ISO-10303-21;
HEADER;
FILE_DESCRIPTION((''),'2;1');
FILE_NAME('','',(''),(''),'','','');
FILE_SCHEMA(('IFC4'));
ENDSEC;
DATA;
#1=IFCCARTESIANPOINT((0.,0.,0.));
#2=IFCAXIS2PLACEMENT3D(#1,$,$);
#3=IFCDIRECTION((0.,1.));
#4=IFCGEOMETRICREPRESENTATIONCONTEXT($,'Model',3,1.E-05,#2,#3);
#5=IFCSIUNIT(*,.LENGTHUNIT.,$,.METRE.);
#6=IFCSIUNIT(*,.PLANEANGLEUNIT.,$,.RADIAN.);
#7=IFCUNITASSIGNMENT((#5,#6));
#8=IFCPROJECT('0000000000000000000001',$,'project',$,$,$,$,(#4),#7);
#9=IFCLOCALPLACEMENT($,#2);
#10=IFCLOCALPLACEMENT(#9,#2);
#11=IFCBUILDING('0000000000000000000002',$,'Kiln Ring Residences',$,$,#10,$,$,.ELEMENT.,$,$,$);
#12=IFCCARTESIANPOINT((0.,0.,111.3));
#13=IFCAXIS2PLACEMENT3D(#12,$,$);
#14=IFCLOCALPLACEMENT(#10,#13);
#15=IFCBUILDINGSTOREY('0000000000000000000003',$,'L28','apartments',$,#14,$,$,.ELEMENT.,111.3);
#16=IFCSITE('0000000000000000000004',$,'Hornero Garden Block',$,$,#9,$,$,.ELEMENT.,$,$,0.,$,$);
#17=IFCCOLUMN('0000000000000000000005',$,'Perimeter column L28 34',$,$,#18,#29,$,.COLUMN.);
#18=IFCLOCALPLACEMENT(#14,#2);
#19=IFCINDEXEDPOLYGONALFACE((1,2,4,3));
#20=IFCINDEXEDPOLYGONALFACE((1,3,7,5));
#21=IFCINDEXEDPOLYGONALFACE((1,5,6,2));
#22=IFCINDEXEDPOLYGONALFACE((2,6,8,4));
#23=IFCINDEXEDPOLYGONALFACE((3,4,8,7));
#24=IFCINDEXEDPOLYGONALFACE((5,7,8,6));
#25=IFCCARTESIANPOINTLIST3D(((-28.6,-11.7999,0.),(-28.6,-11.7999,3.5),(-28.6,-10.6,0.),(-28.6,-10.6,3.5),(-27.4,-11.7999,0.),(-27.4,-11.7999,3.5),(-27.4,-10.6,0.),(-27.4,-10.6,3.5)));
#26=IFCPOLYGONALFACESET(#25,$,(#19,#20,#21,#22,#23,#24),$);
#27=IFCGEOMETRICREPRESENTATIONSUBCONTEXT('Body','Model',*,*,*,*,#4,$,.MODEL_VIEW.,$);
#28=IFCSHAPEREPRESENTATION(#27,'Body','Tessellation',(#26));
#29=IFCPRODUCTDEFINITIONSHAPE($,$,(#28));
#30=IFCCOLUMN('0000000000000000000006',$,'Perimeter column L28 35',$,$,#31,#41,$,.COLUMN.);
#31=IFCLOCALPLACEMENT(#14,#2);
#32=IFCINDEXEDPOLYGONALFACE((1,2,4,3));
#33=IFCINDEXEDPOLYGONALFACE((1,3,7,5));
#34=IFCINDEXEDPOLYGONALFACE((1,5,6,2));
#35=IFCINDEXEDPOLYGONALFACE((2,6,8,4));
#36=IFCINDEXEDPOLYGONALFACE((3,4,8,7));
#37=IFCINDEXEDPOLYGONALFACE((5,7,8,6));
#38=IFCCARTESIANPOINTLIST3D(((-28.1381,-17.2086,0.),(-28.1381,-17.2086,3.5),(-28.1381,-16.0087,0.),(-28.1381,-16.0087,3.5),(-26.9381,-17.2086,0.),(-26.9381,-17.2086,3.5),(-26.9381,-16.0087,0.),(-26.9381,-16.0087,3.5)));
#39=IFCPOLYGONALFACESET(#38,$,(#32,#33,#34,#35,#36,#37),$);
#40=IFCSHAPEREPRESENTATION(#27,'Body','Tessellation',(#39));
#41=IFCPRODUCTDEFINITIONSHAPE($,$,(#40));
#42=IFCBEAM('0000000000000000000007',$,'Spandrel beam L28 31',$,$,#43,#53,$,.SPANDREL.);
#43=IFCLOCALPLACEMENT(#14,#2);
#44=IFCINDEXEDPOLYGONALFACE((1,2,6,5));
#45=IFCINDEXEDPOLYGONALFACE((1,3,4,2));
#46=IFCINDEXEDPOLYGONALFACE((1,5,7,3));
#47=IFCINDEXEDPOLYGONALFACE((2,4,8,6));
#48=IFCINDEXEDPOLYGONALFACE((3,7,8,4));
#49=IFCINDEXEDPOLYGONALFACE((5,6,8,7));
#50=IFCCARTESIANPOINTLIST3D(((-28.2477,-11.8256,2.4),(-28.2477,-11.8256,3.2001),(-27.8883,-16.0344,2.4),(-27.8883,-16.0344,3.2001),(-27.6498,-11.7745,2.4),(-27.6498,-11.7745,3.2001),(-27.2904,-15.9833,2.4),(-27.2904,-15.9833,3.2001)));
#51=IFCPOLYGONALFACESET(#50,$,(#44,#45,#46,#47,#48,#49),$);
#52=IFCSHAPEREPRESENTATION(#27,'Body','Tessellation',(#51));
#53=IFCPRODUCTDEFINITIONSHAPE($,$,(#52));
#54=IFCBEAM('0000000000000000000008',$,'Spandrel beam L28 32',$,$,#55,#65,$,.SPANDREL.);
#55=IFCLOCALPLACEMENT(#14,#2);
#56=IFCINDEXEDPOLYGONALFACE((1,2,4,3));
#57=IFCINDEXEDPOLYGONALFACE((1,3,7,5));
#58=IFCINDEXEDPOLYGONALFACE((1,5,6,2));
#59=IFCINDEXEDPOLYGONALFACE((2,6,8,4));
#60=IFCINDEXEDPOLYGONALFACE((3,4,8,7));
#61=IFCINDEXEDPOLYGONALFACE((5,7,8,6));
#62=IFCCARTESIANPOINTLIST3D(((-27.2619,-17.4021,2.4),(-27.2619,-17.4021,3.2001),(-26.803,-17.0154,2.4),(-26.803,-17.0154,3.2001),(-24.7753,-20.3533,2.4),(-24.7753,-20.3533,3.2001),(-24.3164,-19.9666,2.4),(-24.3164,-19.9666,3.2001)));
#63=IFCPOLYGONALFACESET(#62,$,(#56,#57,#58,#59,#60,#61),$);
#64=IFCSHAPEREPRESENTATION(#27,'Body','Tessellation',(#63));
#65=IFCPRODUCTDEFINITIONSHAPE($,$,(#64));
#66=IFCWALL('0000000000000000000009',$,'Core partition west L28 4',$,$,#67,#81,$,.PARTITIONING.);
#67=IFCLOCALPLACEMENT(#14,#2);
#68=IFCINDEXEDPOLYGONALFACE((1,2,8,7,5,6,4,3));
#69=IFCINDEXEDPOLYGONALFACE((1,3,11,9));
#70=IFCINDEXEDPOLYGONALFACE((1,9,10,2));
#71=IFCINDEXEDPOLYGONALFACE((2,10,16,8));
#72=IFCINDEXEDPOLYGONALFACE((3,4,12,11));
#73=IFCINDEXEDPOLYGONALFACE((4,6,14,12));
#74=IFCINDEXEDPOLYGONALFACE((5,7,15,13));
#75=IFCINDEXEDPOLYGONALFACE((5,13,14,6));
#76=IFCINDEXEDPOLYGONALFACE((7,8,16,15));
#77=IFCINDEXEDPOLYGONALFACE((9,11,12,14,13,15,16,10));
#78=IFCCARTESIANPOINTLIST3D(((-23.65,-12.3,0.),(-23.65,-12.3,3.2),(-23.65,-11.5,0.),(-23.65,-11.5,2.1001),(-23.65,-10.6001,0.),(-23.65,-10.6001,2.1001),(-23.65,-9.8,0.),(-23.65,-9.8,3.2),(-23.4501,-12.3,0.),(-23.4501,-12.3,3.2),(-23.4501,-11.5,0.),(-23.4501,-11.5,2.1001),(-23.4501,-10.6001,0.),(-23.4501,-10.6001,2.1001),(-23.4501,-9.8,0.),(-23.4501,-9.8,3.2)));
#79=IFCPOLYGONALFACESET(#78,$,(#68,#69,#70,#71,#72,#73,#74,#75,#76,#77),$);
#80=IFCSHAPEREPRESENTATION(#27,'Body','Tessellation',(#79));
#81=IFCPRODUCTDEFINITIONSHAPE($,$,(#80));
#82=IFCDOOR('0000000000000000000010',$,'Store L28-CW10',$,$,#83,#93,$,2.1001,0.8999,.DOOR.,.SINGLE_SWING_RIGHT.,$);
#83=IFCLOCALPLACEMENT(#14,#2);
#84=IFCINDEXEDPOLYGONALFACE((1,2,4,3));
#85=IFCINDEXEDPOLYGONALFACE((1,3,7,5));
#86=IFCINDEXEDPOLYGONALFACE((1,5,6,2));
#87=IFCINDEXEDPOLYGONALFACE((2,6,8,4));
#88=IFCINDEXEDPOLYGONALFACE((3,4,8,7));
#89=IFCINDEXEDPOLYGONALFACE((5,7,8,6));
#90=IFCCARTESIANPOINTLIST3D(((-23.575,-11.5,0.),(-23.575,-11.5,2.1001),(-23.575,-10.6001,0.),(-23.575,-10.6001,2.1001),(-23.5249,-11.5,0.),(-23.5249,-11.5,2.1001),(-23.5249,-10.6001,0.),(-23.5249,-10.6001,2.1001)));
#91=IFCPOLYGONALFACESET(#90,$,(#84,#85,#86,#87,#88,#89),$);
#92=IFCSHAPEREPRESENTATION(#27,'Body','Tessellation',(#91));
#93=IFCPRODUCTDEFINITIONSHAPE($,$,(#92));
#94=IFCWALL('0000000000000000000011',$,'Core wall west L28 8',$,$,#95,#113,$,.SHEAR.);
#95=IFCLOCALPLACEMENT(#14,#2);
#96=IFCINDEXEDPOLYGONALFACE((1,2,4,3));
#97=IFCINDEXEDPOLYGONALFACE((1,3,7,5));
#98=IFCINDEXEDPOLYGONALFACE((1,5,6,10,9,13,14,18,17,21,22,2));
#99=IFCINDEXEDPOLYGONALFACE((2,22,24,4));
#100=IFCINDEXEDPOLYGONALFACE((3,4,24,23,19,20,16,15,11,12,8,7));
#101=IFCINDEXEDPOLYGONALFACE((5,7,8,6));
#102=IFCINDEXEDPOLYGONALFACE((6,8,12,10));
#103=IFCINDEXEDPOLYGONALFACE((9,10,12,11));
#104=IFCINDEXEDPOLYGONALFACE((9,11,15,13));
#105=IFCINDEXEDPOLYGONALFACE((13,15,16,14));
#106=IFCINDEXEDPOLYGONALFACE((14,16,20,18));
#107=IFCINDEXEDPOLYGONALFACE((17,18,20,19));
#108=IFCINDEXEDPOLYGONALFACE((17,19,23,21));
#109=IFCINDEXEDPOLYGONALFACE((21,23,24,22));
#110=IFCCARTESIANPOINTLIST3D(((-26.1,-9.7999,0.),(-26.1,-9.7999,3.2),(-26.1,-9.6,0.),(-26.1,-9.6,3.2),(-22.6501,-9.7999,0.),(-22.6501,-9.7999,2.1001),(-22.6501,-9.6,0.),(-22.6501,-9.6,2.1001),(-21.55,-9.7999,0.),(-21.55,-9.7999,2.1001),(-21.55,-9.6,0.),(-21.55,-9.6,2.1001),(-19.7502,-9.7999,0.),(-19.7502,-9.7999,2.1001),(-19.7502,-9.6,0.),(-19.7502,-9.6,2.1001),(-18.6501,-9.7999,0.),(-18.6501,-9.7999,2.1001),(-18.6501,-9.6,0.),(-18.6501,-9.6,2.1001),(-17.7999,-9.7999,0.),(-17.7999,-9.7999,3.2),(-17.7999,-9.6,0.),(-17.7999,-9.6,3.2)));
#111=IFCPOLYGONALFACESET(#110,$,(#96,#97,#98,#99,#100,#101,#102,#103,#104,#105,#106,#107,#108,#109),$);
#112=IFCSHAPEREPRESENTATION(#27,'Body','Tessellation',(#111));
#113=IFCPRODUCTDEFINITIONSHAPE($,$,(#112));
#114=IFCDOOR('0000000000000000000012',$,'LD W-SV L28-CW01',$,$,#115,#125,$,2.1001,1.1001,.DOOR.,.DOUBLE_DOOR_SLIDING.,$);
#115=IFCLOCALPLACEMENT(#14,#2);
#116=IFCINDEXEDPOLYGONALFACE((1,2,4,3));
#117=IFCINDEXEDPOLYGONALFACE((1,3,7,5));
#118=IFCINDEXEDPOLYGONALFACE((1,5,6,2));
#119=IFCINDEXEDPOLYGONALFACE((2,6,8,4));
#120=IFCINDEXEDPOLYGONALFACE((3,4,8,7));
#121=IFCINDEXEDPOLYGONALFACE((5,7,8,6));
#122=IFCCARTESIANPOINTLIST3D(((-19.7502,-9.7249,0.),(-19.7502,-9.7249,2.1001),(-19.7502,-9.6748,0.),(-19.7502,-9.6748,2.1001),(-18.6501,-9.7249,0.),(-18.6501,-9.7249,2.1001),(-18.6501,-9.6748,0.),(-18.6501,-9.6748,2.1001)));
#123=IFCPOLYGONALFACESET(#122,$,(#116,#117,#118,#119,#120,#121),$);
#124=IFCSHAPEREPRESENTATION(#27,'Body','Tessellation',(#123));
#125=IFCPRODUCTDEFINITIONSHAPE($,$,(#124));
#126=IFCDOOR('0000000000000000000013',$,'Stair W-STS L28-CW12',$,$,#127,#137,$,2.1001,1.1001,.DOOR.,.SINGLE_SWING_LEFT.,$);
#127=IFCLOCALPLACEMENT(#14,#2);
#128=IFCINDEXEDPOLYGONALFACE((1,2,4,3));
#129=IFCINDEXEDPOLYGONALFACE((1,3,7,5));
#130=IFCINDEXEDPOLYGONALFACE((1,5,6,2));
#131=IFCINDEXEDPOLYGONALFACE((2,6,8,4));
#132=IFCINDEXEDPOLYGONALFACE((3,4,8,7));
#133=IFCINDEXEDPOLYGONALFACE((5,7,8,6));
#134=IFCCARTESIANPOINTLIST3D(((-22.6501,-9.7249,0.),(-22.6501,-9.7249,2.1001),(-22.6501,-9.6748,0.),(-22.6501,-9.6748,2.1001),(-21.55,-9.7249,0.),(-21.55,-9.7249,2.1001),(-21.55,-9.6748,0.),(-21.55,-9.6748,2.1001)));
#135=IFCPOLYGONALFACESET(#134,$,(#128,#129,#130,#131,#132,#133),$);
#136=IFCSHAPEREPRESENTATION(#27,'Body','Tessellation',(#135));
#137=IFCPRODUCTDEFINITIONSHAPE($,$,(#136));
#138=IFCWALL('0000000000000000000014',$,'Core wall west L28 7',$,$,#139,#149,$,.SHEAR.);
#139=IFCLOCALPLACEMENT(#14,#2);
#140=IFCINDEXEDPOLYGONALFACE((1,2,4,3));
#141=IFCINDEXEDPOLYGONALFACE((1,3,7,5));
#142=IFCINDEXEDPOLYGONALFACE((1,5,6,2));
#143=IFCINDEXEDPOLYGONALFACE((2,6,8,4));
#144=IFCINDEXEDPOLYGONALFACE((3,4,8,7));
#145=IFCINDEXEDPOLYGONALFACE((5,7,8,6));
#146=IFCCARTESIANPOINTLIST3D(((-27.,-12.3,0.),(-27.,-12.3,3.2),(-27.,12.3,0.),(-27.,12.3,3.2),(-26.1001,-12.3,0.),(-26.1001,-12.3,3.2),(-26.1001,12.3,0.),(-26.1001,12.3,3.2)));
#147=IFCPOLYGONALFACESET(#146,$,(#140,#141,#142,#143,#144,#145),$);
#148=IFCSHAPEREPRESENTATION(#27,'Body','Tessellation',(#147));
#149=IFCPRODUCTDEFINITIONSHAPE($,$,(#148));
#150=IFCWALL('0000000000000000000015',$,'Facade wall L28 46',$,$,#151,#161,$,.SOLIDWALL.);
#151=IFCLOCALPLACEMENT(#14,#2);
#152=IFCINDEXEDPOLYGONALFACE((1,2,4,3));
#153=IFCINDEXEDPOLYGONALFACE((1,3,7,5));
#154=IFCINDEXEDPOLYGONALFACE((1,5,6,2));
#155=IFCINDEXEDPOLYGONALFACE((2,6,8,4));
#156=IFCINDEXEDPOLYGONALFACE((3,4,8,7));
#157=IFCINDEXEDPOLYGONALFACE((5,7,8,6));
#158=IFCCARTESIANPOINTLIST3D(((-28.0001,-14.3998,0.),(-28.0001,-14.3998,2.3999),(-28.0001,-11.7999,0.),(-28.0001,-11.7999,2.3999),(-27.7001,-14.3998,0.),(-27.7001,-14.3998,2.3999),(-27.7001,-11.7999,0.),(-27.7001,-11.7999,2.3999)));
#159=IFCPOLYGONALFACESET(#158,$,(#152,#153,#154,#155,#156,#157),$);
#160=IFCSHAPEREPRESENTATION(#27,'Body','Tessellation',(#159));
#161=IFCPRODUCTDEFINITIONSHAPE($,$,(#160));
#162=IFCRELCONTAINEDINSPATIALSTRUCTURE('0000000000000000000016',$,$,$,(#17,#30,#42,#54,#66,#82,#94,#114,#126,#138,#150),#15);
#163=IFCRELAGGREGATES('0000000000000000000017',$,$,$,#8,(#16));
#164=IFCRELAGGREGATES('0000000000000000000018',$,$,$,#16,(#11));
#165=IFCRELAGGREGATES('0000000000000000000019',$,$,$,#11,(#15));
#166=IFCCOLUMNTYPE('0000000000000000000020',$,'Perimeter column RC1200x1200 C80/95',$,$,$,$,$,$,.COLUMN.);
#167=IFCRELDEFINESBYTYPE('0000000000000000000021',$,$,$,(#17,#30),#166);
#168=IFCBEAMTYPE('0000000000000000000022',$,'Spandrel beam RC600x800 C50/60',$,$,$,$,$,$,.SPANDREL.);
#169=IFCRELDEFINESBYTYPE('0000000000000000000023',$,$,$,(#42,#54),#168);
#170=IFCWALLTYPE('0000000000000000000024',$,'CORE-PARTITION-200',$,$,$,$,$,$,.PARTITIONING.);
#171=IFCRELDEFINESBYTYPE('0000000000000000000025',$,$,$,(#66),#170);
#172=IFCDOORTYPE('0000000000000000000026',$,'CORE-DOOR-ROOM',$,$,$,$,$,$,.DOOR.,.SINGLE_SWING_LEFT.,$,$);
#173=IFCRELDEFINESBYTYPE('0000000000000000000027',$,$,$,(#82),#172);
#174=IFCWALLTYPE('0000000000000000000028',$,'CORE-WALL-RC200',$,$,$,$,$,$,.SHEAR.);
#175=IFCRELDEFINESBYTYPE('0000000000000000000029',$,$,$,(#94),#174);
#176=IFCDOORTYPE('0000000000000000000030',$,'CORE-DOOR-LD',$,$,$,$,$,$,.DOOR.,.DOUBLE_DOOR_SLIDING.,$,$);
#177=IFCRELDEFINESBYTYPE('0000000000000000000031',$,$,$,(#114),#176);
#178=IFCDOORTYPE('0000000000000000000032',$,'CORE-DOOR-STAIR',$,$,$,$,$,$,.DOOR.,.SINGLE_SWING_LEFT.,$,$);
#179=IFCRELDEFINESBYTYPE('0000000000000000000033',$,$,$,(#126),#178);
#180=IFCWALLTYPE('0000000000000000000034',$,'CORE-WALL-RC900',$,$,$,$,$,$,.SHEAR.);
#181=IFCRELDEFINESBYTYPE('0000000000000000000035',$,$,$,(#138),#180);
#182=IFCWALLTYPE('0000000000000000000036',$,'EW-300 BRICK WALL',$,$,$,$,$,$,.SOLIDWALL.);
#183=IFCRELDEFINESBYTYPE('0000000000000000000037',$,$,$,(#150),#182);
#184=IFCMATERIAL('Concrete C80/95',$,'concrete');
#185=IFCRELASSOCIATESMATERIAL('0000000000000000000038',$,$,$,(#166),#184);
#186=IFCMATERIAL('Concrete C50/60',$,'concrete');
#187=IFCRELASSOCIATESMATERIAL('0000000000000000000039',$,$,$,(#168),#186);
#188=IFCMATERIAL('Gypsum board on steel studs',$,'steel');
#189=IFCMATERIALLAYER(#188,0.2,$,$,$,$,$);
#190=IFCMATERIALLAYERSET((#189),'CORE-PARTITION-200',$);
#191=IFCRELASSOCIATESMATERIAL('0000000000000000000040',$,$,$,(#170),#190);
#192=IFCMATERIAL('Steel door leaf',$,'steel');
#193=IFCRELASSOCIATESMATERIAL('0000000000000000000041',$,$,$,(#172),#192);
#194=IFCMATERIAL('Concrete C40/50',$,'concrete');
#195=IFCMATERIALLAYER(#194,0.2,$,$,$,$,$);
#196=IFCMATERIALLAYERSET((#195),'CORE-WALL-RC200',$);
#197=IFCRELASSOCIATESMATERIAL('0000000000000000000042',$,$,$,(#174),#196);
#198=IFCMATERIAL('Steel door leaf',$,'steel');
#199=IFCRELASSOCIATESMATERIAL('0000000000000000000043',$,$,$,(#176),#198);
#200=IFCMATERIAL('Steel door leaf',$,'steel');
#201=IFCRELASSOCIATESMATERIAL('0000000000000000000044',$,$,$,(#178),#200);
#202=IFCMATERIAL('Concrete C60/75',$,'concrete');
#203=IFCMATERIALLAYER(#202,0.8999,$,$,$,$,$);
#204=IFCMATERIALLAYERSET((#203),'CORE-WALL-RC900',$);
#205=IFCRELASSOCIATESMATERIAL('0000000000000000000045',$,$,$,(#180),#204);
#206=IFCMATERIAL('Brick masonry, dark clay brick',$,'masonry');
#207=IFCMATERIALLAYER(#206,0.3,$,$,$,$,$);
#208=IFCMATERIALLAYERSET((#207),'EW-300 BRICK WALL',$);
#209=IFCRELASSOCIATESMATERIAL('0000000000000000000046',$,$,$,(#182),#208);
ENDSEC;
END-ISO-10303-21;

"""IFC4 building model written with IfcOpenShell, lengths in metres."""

from ifc_helpers import new_model, si_unit, direction, frame, frame_2d, origin, origin_2d, place, context, subcontext, project, spatial, rectangle, extrude, material, layer, layer_set, material_profile, profile_set, type_object, element, fill, save


model = new_model("IFC4")

# Units and contexts
model_context = context("Model", 3, precision=1e-05, world=origin(), true_north=direction((0.0, 1.0)))
body_context = subcontext(model_context, "Body", "Model", "MODEL_VIEW")
ifc_project = project(units=[si_unit("LENGTHUNIT", "METRE"), si_unit("PLANEANGLEUNIT", "RADIAN")], contexts=[model_context])

# Site, building, storey
site_placement = place(None, origin())
site = spatial("IfcSite", under=ifc_project, at=site_placement, Name="Hornero Garden Block", CompositionType="ELEMENT", RefElevation=0.0)
building_placement = place(site_placement, origin())
building = spatial("IfcBuilding", under=site, at=building_placement, Name="Kiln Ring Residences", CompositionType="ELEMENT")
storey_placement = place(building_placement, frame((0.0, 0.0, 111.3)))
storey = spatial("IfcBuildingStorey", under=building, at=storey_placement, Name="L28", Description="apartments", CompositionType="ELEMENT", Elevation=111.3)

# Columns
ifc_material_1 = material(Name="Concrete C80/95", Category="concrete")
ifc_material_profile_1 = material_profile(ifc_material_1, rectangle(XDim=1.2, YDim=1.2, at=origin_2d()), Name="RC1200x1200")
ifc_profile_set_1 = profile_set([ifc_material_profile_1], Name="Concrete C80/95")
column_type = type_object("IfcColumnType", Name="Perimeter column RC1200x1200 C80/95", PredefinedType="COLUMN", material=ifc_profile_set_1)
for number, where, z_axis, x_axis, name in (
    (1, (-28.0, -11.2, 0.0), (0.0, 0.0, 1.0), (1.0, 0.0, 0.0), "Perimeter column L28 34"),
    (2, (-27.5381, -16.6086, 0.0), (0.0, 0.0, 1.0), (1.0, 0.0, 0.0), "Perimeter column L28 35"),
):
    element("IfcColumn", number, at=place(storey_placement, frame(where, z_axis=z_axis, x_axis=x_axis)), inside=storey, type_object=column_type, Name=name, PredefinedType="COLUMN", context=body_context, shape_type="SweptSolid", body=[
        extrude(rectangle(XDim=1.2, YDim=1.2, at=origin_2d()), origin(), (0.0, 0.0, 1.0), 3.5),
    ])

# Beams
ifc_material_2 = material(Name="Concrete C50/60", Category="concrete")
ifc_material_profile_2 = material_profile(ifc_material_2, rectangle(XDim=0.6001, YDim=0.8, at=origin_2d()), Name="RC600x800")
ifc_profile_set_2 = profile_set([ifc_material_profile_2], Name="Concrete C50/60")
beam_type = type_object("IfcBeamType", Name="Spandrel beam RC600x800 C50/60", PredefinedType="SPANDREL", material=ifc_profile_set_2)
beam_1_placement = place(storey_placement, frame((-27.9487, -11.8, 2.8), z_axis=(0.085078, -0.996374, 0.0), x_axis=(0.996374, 0.085078, 0.0)))
element("IfcBeam", 3, at=beam_1_placement, inside=storey, type_object=beam_type, Name="Spandrel beam L28 31", PredefinedType="SPANDREL", context=body_context, shape_type="SweptSolid", body=[
    extrude(rectangle(XDim=0.6001, YDim=0.8, at=origin_2d()), origin(), (0.0, 0.0, 1.0), 4.2241),
])
beam_2_placement = place(storey_placement, frame((-27.0325, -17.2087, 2.8), z_axis=(0.644344, -0.764736, 0.0), x_axis=(0.764736, 0.644344, 0.0)))
element("IfcBeam", 4, at=beam_2_placement, inside=storey, type_object=beam_type, Name="Spandrel beam L28 32", PredefinedType="SPANDREL", context=body_context, shape_type="SweptSolid", body=[
    extrude(rectangle(XDim=0.6001, YDim=0.8, at=origin_2d()), origin(), (0.0, 0.0, 1.0), 3.8591),
])

# Wall, opening, door
ifc_material_3 = material(Name="Gypsum board on steel studs", Category="steel")
ifc_layer_1 = layer(ifc_material_3, 0.2)
ifc_layer_set_1 = layer_set([ifc_layer_1], Name="CORE-PARTITION-200")
wall_type_1 = type_object("IfcWallType", Name="CORE-PARTITION-200", PredefinedType="PARTITIONING", material=ifc_layer_set_1)
wall_1_placement = place(storey_placement, frame((-23.55, -12.3, 0.0), z_axis=(0.0, 0.0, 1.0), x_axis=(0.0, 1.0, 0.0)))
wall_1 = element("IfcWall", 5, at=wall_1_placement, inside=storey, type_object=wall_type_1, Name="Core partition west L28 4", PredefinedType="PARTITIONING", context=body_context, shape_type="SweptSolid", body=[
    extrude(rectangle(XDim=2.5, YDim=0.2, at=frame_2d((1.25, 0.0))), origin(), (0.0, 0.0, 1.0), 3.2),
])
opening_1_placement = place(wall_1_placement, frame((0.8, 0.0, 0.0)))
opening_1 = element("IfcOpeningElement", 6, at=opening_1_placement, cuts=wall_1, PredefinedType="OPENING", context=body_context, shape_type="SweptSolid", body=[
    extrude(rectangle(XDim=0.8999, YDim=2.1001, at=frame_2d((0.45, 1.05))), frame((0.0, 0.1099, 0.0), z_axis=(0.0, -1.0, 0.0), x_axis=(1.0, 0.0, 0.0)), (0.0, 0.0, 1.0), 0.22),
])
ifc_material_4 = material(Name="Steel door leaf", Category="steel")
door_type_1 = type_object("IfcDoorType", Name="CORE-DOOR-ROOM", OperationType="SINGLE_SWING_LEFT", PredefinedType="DOOR", material=ifc_material_4)
door_1_placement = place(opening_1_placement, origin())
door_1 = element("IfcDoor", 7, at=door_1_placement, inside=storey, type_object=door_type_1, Name="Store L28-CW10", OperationType="SINGLE_SWING_RIGHT", OverallHeight=2.1001, OverallWidth=0.8999, PredefinedType="DOOR", context=body_context, shape_type="SweptSolid", body=[
    extrude(rectangle(XDim=0.8999, YDim=2.1001, at=frame_2d((0.45, 1.05))), frame((0.0, 0.0249, 0.0), z_axis=(0.0, -1.0, 0.0), x_axis=(1.0, 0.0, 0.0)), (0.0, 0.0, 1.0), 0.05),
])
fill(opening_1, door_1)

# Wall, openings, doors
ifc_material_5 = material(Name="Concrete C40/50", Category="concrete")
ifc_layer_2 = layer(ifc_material_5, 0.2)
ifc_layer_set_2 = layer_set([ifc_layer_2], Name="CORE-WALL-RC200")
wall_type_2 = type_object("IfcWallType", Name="CORE-WALL-RC200", PredefinedType="SHEAR", material=ifc_layer_set_2)
wall_2_placement = place(storey_placement, frame((-17.8, -9.7, 0.0), z_axis=(0.0, 0.0, 1.0), x_axis=(-1.0, 0.0, 0.0)))
wall_2 = element("IfcWall", 8, at=wall_2_placement, inside=storey, type_object=wall_type_2, Name="Core wall west L28 8", PredefinedType="SHEAR", context=body_context, shape_type="SweptSolid", body=[
    extrude(rectangle(XDim=8.3, YDim=0.2, at=frame_2d((4.1499, 0.0))), origin(), (0.0, 0.0, 1.0), 3.2),
])
opening_2_placement = place(wall_2_placement, frame((0.8501, 0.0, 0.0)))
opening_2 = element("IfcOpeningElement", 9, at=opening_2_placement, cuts=wall_2, PredefinedType="OPENING", context=body_context, shape_type="SweptSolid", body=[
    extrude(rectangle(XDim=1.1001, YDim=2.1001, at=frame_2d((0.55, 1.05))), frame((0.0, 0.1099, 0.0), z_axis=(0.0, -1.0, 0.0), x_axis=(1.0, 0.0, 0.0)), (0.0, 0.0, 1.0), 0.22),
])
opening_3_placement = place(wall_2_placement, frame((3.75, 0.0, 0.0)))
opening_3 = element("IfcOpeningElement", 10, at=opening_3_placement, cuts=wall_2, PredefinedType="OPENING", context=body_context, shape_type="SweptSolid", body=[
    extrude(rectangle(XDim=1.1001, YDim=2.1001, at=frame_2d((0.55, 1.05))), frame((0.0, 0.1099, 0.0), z_axis=(0.0, -1.0, 0.0), x_axis=(1.0, 0.0, 0.0)), (0.0, 0.0, 1.0), 0.22),
])
ifc_material_6 = material(Name="Steel door leaf", Category="steel")
door_type_2 = type_object("IfcDoorType", Name="CORE-DOOR-LD", OperationType="DOUBLE_DOOR_SLIDING", PredefinedType="DOOR", material=ifc_material_6)
door_2_placement = place(opening_2_placement, origin())
door_2 = element("IfcDoor", 11, at=door_2_placement, inside=storey, type_object=door_type_2, Name="LD W-SV L28-CW01", OperationType="DOUBLE_DOOR_SLIDING", OverallHeight=2.1001, OverallWidth=1.1001, PredefinedType="DOOR", context=body_context, shape_type="SweptSolid", body=[
    extrude(rectangle(XDim=1.1001, YDim=2.1001, at=frame_2d((0.55, 1.05))), frame((0.0, 0.0249, 0.0), z_axis=(0.0, -1.0, 0.0), x_axis=(1.0, 0.0, 0.0)), (0.0, 0.0, 1.0), 0.05),
])
fill(opening_2, door_2)
ifc_material_7 = material(Name="Steel door leaf", Category="steel")
door_type_3 = type_object("IfcDoorType", Name="CORE-DOOR-STAIR", OperationType="SINGLE_SWING_LEFT", PredefinedType="DOOR", material=ifc_material_7)
door_3_placement = place(opening_3_placement, origin())
door_3 = element("IfcDoor", 12, at=door_3_placement, inside=storey, type_object=door_type_3, Name="Stair W-STS L28-CW12", OperationType="SINGLE_SWING_LEFT", OverallHeight=2.1001, OverallWidth=1.1001, PredefinedType="DOOR", context=body_context, shape_type="SweptSolid", body=[
    extrude(rectangle(XDim=1.1001, YDim=2.1001, at=frame_2d((0.55, 1.05))), frame((0.0, 0.0249, 0.0), z_axis=(0.0, -1.0, 0.0), x_axis=(1.0, 0.0, 0.0)), (0.0, 0.0, 1.0), 0.05),
])
fill(opening_3, door_3)

# Walls
ifc_material_8 = material(Name="Concrete C60/75", Category="concrete")
ifc_layer_3 = layer(ifc_material_8, 0.8999)
ifc_layer_set_3 = layer_set([ifc_layer_3], Name="CORE-WALL-RC900")
wall_type_3 = type_object("IfcWallType", Name="CORE-WALL-RC900", PredefinedType="SHEAR", material=ifc_layer_set_3)
wall_3_placement = place(storey_placement, frame((-26.55, -12.3, 0.0), z_axis=(0.0, 0.0, 1.0), x_axis=(0.0, 1.0, 0.0)))
element("IfcWall", 13, at=wall_3_placement, inside=storey, type_object=wall_type_3, Name="Core wall west L28 7", PredefinedType="SHEAR", context=body_context, shape_type="SweptSolid", body=[
    extrude(rectangle(XDim=24.6001, YDim=0.8999, at=frame_2d((12.3, 0.0))), origin(), (0.0, 0.0, 1.0), 3.2),
])
ifc_material_9 = material(Name="Brick masonry, dark clay brick", Category="masonry")
ifc_layer_4 = layer(ifc_material_9, 0.3)
ifc_layer_set_4 = layer_set([ifc_layer_4], Name="EW-300 BRICK WALL")
wall_type_4 = type_object("IfcWallType", Name="EW-300 BRICK WALL", PredefinedType="SOLIDWALL", material=ifc_layer_set_4)
wall_4_placement = place(storey_placement, frame((-27.8501, -11.8, 0.0), z_axis=(0.0, 0.0, 1.0), x_axis=(0.0, -1.0, 0.0)))
element("IfcWall", 14, at=wall_4_placement, inside=storey, type_object=wall_type_4, Name="Facade wall L28 46", PredefinedType="SOLIDWALL", context=body_context, shape_type="SweptSolid", body=[
    extrude(rectangle(XDim=2.5999, YDim=0.3, at=frame_2d((1.2998, 0.0))), origin(), (0.0, 0.0, 1.0), 2.3999),
])

save(model, "model.ifc")
